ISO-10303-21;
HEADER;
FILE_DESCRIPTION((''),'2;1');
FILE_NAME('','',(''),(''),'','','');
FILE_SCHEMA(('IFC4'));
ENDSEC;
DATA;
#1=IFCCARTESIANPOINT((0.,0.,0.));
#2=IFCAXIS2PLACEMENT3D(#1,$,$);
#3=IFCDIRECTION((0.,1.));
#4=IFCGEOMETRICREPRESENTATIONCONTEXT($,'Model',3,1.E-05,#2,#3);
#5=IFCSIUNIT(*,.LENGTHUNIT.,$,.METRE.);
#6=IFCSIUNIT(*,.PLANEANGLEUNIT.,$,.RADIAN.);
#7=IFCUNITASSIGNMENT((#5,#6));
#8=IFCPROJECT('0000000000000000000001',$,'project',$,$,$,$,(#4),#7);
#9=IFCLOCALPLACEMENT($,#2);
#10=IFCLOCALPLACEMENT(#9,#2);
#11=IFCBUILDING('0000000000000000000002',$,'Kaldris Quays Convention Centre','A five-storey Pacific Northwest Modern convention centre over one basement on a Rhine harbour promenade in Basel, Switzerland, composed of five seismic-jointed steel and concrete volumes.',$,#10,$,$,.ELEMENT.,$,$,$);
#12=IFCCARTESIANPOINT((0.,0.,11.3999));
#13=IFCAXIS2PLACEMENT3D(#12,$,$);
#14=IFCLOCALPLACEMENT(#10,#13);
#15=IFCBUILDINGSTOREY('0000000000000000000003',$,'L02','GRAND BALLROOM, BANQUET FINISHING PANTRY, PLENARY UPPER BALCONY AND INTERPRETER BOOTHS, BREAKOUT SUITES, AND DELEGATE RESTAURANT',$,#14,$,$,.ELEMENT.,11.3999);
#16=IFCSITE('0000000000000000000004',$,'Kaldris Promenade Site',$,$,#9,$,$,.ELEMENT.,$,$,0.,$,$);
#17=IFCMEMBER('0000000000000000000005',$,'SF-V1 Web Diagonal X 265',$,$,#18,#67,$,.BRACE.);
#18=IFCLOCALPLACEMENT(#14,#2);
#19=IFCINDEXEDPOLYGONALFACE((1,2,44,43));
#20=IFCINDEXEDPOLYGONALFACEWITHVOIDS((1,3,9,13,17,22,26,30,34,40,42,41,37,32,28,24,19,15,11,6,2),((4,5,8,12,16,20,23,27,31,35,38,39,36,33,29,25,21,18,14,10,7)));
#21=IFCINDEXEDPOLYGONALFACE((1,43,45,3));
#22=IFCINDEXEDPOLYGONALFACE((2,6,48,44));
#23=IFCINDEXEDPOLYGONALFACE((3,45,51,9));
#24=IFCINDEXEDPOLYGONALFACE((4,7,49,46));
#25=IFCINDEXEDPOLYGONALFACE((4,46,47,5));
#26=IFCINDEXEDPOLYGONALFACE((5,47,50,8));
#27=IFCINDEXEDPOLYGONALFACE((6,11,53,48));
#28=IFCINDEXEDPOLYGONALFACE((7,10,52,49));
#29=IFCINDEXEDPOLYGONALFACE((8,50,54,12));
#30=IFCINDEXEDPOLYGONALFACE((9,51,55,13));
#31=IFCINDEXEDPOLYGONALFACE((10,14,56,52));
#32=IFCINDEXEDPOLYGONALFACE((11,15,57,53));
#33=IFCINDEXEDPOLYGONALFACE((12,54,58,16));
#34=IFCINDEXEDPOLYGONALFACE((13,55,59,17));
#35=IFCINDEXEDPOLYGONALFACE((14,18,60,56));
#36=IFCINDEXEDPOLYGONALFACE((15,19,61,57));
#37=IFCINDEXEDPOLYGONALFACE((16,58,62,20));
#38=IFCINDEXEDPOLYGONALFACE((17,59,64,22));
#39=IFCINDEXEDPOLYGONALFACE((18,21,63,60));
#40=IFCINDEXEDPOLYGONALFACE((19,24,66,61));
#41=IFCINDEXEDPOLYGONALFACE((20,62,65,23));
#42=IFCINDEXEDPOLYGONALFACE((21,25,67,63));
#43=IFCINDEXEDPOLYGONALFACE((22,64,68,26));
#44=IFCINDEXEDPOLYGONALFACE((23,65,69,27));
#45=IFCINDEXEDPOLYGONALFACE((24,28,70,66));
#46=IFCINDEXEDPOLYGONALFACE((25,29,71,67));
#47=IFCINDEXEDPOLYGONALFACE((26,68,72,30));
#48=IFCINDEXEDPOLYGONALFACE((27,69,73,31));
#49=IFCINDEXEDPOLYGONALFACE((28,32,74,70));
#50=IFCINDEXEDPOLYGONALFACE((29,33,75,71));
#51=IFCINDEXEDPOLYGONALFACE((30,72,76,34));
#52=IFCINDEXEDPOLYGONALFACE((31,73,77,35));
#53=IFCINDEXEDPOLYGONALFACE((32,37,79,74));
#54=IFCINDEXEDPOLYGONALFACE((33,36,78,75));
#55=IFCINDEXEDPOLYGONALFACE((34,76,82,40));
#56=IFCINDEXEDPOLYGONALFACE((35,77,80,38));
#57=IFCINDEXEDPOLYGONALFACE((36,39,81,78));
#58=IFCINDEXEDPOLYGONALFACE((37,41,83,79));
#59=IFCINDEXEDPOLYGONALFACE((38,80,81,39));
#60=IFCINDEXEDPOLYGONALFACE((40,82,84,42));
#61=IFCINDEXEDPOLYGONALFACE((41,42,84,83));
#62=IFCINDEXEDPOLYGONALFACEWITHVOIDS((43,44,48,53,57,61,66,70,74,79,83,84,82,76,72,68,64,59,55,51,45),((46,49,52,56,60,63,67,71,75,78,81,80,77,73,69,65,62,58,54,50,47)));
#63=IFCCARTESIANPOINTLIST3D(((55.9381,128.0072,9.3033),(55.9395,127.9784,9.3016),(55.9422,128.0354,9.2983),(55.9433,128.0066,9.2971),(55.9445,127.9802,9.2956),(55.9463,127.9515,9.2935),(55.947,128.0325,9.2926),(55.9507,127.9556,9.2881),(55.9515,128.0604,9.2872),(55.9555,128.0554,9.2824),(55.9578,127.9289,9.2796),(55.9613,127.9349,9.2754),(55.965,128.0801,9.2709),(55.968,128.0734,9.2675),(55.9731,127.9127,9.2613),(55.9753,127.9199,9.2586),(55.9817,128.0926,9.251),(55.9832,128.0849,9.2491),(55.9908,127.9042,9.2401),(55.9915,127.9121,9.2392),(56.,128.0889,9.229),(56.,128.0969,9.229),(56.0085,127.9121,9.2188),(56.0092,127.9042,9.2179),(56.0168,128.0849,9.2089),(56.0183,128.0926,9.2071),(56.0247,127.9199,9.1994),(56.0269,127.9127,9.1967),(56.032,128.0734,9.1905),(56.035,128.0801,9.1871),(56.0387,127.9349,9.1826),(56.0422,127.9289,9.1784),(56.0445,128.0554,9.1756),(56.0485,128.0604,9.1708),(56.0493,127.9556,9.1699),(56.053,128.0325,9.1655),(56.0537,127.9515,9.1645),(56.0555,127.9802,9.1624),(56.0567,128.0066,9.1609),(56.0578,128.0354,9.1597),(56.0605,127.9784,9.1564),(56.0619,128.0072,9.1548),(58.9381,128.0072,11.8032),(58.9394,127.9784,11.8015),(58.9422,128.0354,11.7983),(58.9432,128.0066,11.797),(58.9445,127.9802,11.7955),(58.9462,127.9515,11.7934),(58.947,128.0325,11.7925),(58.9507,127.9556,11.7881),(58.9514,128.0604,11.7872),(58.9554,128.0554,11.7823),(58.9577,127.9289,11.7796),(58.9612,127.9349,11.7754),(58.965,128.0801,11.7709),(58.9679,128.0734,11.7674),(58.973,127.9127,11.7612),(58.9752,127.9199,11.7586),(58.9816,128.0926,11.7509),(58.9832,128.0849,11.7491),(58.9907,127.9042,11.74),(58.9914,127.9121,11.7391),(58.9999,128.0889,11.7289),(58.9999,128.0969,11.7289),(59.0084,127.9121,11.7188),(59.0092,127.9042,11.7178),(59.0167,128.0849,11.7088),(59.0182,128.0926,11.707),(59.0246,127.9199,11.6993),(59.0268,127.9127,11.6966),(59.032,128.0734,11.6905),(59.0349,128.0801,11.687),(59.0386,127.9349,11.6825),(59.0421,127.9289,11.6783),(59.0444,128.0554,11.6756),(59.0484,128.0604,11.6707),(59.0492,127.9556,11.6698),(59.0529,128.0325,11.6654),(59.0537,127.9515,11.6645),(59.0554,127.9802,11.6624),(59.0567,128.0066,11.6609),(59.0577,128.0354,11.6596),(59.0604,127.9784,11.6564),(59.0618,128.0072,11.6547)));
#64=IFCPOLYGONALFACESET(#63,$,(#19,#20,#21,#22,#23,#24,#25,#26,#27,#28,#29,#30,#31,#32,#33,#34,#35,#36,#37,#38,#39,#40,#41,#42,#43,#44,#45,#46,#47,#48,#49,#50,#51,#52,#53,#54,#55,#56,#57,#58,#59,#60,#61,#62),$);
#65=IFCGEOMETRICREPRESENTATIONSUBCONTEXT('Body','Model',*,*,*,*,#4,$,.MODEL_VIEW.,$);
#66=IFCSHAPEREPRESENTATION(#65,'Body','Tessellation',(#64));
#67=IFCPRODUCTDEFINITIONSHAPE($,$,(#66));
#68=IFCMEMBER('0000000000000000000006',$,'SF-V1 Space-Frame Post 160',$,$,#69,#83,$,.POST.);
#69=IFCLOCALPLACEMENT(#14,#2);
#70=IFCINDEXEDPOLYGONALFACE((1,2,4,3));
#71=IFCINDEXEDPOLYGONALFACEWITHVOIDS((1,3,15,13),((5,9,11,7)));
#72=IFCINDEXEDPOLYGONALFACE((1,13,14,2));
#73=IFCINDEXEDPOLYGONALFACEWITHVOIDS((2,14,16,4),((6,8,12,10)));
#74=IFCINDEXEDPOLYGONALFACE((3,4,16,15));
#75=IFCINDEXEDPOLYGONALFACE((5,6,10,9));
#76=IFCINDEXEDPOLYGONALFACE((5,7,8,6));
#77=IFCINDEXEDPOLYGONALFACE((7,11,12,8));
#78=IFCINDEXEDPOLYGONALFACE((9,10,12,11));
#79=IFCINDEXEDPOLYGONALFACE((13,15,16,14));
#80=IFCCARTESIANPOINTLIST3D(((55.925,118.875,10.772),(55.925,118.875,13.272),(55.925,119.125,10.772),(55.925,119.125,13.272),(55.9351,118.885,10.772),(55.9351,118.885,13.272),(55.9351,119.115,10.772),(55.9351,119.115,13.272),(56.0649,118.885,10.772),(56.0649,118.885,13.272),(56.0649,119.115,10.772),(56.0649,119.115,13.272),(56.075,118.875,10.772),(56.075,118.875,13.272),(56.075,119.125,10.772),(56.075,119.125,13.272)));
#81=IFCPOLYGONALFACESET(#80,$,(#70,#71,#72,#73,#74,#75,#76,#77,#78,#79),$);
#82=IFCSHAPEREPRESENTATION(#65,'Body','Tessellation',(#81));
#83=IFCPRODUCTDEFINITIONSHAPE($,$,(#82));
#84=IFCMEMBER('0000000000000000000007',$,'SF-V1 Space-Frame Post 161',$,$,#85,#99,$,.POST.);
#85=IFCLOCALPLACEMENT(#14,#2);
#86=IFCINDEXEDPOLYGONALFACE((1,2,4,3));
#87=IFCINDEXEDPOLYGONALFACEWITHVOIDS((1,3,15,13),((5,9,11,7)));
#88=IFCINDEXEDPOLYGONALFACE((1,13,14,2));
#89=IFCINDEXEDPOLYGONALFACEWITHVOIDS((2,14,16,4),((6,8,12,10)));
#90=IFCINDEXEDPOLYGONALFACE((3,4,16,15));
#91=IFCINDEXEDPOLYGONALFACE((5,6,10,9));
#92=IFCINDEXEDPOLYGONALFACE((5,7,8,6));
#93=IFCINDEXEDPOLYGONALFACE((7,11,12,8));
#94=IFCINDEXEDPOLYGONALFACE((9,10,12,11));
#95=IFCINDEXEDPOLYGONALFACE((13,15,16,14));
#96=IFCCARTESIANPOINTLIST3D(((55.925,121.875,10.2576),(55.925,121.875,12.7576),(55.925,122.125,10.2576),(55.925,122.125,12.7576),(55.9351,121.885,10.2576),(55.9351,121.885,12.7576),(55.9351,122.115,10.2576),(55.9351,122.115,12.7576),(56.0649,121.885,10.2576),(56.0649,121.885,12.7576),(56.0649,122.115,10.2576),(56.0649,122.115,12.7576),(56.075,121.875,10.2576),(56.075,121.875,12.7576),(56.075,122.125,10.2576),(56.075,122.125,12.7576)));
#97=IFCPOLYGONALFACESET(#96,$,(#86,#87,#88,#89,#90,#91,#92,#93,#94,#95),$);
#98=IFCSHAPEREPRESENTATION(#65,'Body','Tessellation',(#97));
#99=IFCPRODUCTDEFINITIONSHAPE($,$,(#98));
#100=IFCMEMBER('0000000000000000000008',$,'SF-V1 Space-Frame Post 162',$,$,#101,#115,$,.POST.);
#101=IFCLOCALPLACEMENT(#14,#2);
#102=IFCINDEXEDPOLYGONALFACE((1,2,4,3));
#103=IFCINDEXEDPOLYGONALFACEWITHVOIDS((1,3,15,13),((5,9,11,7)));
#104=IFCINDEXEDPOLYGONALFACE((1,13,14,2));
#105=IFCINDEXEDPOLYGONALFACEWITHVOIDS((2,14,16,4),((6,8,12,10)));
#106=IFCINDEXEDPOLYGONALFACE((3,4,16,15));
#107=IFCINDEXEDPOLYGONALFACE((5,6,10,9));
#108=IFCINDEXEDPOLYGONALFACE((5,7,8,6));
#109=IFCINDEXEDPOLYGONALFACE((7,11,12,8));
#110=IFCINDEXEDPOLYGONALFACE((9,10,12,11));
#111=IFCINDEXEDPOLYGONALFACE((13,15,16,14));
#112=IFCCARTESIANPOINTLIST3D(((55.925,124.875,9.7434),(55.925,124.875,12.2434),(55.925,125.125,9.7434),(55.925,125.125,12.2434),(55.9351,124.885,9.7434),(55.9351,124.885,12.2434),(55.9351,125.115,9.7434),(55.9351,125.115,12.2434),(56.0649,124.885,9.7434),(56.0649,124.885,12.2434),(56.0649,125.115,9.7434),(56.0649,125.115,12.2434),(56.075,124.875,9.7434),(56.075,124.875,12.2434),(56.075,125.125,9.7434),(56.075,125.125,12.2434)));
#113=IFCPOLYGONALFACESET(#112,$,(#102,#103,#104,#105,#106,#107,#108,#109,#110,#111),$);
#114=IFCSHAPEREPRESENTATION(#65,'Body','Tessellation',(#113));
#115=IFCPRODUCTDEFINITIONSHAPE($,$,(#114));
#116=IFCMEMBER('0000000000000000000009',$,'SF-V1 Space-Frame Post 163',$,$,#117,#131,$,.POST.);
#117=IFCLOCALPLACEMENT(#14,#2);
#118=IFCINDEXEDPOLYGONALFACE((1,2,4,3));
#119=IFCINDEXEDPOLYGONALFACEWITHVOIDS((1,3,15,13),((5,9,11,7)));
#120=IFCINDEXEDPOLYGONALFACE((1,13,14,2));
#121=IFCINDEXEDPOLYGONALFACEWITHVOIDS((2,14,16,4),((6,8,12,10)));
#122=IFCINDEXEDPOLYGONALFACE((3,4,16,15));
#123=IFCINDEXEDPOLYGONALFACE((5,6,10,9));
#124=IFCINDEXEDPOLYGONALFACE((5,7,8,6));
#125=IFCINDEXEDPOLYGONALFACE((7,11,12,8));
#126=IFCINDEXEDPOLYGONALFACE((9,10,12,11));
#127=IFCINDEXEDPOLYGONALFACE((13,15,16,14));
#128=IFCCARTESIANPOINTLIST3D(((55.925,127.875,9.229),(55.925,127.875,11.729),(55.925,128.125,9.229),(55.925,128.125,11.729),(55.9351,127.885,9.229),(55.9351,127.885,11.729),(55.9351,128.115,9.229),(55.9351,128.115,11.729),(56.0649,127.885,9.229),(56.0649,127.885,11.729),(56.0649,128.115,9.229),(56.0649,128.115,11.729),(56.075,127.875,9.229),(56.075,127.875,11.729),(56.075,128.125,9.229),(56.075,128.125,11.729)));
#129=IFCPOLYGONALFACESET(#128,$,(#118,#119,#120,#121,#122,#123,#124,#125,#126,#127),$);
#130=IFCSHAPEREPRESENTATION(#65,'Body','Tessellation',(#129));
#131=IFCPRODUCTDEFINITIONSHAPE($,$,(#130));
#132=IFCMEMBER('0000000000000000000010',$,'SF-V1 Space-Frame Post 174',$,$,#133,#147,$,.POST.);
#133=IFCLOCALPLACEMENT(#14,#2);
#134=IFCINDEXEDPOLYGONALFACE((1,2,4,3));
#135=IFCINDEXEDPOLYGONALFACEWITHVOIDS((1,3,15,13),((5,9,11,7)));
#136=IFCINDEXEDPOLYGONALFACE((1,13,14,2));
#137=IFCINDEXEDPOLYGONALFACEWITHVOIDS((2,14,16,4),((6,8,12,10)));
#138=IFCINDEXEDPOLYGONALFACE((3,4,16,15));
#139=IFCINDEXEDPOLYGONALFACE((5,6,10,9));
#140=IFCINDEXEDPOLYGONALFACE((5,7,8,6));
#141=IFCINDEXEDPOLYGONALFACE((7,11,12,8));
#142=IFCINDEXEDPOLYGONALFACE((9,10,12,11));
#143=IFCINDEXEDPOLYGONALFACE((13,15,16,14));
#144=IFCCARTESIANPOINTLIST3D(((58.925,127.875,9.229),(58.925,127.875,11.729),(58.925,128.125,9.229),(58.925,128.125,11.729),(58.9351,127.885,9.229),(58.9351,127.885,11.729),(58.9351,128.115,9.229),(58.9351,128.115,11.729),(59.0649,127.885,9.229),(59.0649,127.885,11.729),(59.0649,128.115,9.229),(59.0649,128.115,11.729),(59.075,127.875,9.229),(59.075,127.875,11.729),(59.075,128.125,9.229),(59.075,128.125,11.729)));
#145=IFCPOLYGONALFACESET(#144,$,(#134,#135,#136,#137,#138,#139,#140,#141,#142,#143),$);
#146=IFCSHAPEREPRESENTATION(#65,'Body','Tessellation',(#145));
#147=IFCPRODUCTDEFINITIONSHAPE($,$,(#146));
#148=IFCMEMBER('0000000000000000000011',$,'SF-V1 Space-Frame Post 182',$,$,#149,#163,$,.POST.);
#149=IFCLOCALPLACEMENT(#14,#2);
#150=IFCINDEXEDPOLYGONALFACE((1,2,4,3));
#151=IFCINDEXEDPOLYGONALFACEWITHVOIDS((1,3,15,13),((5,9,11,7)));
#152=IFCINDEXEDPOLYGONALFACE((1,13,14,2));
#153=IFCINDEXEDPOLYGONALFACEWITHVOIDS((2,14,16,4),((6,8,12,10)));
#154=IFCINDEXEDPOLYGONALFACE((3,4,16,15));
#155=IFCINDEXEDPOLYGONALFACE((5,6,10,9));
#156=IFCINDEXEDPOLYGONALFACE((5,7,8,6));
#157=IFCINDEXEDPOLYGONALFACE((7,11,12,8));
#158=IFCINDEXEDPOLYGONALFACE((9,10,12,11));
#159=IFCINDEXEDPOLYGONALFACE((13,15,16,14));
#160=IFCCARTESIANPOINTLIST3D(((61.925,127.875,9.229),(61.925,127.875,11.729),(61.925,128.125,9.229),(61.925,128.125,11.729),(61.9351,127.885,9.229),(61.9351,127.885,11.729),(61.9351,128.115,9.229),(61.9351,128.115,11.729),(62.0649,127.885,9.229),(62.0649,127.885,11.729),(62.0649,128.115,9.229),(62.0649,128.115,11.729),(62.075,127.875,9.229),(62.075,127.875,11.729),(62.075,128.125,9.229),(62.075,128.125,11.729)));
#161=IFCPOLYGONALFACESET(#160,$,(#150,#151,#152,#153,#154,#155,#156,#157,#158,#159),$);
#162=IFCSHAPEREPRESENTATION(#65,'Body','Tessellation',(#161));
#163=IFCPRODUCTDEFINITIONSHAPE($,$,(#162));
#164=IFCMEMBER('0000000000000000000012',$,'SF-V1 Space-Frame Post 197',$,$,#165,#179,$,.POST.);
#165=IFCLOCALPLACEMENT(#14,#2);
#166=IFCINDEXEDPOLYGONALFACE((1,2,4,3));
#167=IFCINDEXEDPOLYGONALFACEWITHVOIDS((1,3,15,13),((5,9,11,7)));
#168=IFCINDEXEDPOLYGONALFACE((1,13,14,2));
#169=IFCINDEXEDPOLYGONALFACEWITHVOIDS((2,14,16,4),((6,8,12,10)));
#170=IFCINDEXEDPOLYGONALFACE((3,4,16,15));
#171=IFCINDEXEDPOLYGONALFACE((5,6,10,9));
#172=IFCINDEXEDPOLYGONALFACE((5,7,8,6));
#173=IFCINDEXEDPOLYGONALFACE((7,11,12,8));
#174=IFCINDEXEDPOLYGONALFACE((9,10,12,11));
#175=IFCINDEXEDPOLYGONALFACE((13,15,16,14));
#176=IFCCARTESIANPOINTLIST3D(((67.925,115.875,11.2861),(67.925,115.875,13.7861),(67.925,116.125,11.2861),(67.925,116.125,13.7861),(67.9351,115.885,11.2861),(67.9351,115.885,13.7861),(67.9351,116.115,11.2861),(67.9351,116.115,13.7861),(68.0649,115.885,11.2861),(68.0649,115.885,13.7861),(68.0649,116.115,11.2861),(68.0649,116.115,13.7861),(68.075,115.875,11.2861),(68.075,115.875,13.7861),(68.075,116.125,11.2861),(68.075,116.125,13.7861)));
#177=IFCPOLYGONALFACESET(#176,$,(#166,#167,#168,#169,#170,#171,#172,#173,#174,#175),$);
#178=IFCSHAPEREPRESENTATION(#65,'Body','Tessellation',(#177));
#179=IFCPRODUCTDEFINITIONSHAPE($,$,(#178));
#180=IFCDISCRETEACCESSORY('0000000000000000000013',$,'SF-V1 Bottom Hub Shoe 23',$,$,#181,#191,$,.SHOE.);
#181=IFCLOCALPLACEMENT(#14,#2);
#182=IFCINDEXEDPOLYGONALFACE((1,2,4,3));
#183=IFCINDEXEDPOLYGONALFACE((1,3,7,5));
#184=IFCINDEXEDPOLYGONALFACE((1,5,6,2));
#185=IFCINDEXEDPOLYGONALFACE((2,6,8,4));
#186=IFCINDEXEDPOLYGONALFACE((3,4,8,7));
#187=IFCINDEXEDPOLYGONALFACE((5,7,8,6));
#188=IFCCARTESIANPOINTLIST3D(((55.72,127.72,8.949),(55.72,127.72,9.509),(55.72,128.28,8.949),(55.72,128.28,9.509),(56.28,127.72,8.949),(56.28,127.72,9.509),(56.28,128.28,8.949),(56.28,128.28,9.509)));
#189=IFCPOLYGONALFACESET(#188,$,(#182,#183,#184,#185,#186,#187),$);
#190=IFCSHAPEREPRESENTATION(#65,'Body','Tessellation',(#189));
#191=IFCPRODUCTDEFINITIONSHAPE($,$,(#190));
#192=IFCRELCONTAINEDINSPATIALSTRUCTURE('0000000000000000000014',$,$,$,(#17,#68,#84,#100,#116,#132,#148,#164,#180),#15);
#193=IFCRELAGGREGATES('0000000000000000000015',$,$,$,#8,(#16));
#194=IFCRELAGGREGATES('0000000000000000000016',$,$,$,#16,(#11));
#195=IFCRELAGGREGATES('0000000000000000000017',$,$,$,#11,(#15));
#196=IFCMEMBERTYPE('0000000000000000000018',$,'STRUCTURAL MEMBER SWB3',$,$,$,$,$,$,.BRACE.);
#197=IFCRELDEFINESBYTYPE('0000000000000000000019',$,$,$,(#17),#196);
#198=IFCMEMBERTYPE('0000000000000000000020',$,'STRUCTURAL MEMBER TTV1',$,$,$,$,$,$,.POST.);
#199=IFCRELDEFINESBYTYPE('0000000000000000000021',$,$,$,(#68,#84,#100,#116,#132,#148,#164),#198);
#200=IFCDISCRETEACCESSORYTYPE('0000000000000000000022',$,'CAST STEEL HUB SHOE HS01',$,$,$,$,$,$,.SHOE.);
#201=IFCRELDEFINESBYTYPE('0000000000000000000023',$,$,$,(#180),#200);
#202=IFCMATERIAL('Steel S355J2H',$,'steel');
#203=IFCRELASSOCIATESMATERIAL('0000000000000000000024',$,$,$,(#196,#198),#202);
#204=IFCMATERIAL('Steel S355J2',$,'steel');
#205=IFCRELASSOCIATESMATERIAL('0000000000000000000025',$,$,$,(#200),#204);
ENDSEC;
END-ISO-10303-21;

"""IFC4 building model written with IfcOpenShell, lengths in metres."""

from ifc_helpers import new_model, si_unit, direction, frame, origin, origin_2d, place, context, subcontext, project, spatial, rectangle, hollow_rectangle, hollow_circle, extrude, material, material_profile, profile_set, type_object, element, save


model = new_model("IFC4")

# Units and contexts
model_context = context("Model", 3, precision=1e-05, world=origin(), true_north=direction((0.0, 1.0)))
body_context = subcontext(model_context, "Body", "Model", "MODEL_VIEW")
ifc_project = project(units=[si_unit("LENGTHUNIT", "METRE"), si_unit("PLANEANGLEUNIT", "RADIAN")], contexts=[model_context])

# Site, building, storey
site_placement = place(None, origin())
site = spatial("IfcSite", under=ifc_project, at=site_placement, Name="Kaldris Promenade Site", CompositionType="ELEMENT", RefElevation=0.0)
building_placement = place(site_placement, origin())
building = spatial("IfcBuilding", under=site, at=building_placement, Name="Kaldris Quays Convention Centre", Description="A five-storey Pacific Northwest Modern convention centre over one basement on a Rhine harbour promenade in Basel, Switzerland, composed of five seismic-jointed steel and concrete volumes.", CompositionType="ELEMENT")
storey_placement = place(building_placement, frame((0.0, 0.0, 11.3999)))
storey = spatial("IfcBuildingStorey", under=building, at=storey_placement, Name="L02", Description="GRAND BALLROOM, BANQUET FINISHING PANTRY, PLENARY UPPER BALCONY AND INTERPRETER BOOTHS, BREAKOUT SUITES, AND DELEGATE RESTAURANT", CompositionType="ELEMENT", Elevation=11.3999)

# Members
ifc_material_1 = material(Name="Steel S355J2H", Category="steel")
ifc_material_profile_1 = material_profile(ifc_material_1, hollow_circle(Radius=0.0969, WallThickness=0.0081, at=origin_2d()), Name="CHS 193.7x8")
ifc_profile_set_1 = profile_set([ifc_material_profile_1], Name="Steel S355J2H")
member_type_1 = type_object("IfcMemberType", Name="STRUCTURAL MEMBER SWB3", PredefinedType="BRACE", material=ifc_profile_set_1)
member_1_placement = place(storey_placement, frame((56.0, 128.0, 9.229), z_axis=(0.768221, 0.0, 0.640184), x_axis=(0.0, 1.0, 0.0)))
element("IfcMember", 1, at=member_1_placement, inside=storey, type_object=member_type_1, Name="SF-V1 Web Diagonal X 265", PredefinedType="BRACE", context=body_context, shape_type="SweptSolid", body=[
    extrude(hollow_circle(Radius=0.0969, WallThickness=0.0081, at=origin_2d()), origin(), (0.0, 0.0, 1.0), 3.905),
])
ifc_material_profile_2 = material_profile(ifc_material_1, hollow_rectangle(XDim=0.1499, YDim=0.25, WallThickness=0.01, at=origin_2d()), Name="RHS 250x150x10")
ifc_profile_set_2 = profile_set([ifc_material_profile_2], Name="Steel S355J2H")
member_type_2 = type_object("IfcMemberType", Name="STRUCTURAL MEMBER TTV1", PredefinedType="POST", material=ifc_profile_set_2)
for number, where, z_axis, x_axis, name in (
    (2, (56.0, 119.0, 10.772), (0.0, 0.0, 1.0), (1.0, 0.0, 0.0), "SF-V1 Space-Frame Post 160"),
    (3, (56.0, 122.0, 10.2576), (0.0, 0.0, 1.0), (1.0, 0.0, 0.0), "SF-V1 Space-Frame Post 161"),
    (4, (56.0, 125.0, 9.7434), (0.0, 0.0, 1.0), (1.0, 0.0, 0.0), "SF-V1 Space-Frame Post 162"),
    (5, (56.0, 128.0, 9.229), (0.0, 0.0, 1.0), (1.0, 0.0, 0.0), "SF-V1 Space-Frame Post 163"),
    (6, (59.0, 128.0, 9.229), (0.0, 0.0, 1.0), (1.0, 0.0, 0.0), "SF-V1 Space-Frame Post 174"),
    (7, (62.0, 128.0, 9.229), (0.0, 0.0, 1.0), (1.0, 0.0, 0.0), "SF-V1 Space-Frame Post 182"),
    (8, (68.0, 116.0, 11.2861), (0.0, 0.0, 1.0), (1.0, 0.0, 0.0), "SF-V1 Space-Frame Post 197"),
):
    element("IfcMember", number, at=place(storey_placement, frame(where, z_axis=z_axis, x_axis=x_axis)), inside=storey, type_object=member_type_2, Name=name, PredefinedType="POST", context=body_context, shape_type="SweptSolid", body=[
        extrude(hollow_rectangle(XDim=0.1499, YDim=0.25, WallThickness=0.01, at=origin_2d()), origin(), (0.0, 0.0, 1.0), 2.5),
    ])

# Discrete accessory
ifc_material_2 = material(Name="Steel S355J2", Category="steel")
discrete_accessory_type = type_object("IfcDiscreteAccessoryType", Name="CAST STEEL HUB SHOE HS01", PredefinedType="SHOE", material=ifc_material_2)
discrete_accessory_placement = place(storey_placement, frame((56.0, 128.0, 8.949), z_axis=(0.0, 0.0, 1.0), x_axis=(1.0, 0.0, 0.0)))
element("IfcDiscreteAccessory", 9, at=discrete_accessory_placement, inside=storey, type_object=discrete_accessory_type, Name="SF-V1 Bottom Hub Shoe 23", PredefinedType="SHOE", context=body_context, shape_type="SweptSolid", body=[
    extrude(rectangle(XDim=0.5601, YDim=0.5601, at=origin_2d()), origin(), (0.0, 0.0, 1.0), 0.5601),
])

save(model, "model.ifc")
